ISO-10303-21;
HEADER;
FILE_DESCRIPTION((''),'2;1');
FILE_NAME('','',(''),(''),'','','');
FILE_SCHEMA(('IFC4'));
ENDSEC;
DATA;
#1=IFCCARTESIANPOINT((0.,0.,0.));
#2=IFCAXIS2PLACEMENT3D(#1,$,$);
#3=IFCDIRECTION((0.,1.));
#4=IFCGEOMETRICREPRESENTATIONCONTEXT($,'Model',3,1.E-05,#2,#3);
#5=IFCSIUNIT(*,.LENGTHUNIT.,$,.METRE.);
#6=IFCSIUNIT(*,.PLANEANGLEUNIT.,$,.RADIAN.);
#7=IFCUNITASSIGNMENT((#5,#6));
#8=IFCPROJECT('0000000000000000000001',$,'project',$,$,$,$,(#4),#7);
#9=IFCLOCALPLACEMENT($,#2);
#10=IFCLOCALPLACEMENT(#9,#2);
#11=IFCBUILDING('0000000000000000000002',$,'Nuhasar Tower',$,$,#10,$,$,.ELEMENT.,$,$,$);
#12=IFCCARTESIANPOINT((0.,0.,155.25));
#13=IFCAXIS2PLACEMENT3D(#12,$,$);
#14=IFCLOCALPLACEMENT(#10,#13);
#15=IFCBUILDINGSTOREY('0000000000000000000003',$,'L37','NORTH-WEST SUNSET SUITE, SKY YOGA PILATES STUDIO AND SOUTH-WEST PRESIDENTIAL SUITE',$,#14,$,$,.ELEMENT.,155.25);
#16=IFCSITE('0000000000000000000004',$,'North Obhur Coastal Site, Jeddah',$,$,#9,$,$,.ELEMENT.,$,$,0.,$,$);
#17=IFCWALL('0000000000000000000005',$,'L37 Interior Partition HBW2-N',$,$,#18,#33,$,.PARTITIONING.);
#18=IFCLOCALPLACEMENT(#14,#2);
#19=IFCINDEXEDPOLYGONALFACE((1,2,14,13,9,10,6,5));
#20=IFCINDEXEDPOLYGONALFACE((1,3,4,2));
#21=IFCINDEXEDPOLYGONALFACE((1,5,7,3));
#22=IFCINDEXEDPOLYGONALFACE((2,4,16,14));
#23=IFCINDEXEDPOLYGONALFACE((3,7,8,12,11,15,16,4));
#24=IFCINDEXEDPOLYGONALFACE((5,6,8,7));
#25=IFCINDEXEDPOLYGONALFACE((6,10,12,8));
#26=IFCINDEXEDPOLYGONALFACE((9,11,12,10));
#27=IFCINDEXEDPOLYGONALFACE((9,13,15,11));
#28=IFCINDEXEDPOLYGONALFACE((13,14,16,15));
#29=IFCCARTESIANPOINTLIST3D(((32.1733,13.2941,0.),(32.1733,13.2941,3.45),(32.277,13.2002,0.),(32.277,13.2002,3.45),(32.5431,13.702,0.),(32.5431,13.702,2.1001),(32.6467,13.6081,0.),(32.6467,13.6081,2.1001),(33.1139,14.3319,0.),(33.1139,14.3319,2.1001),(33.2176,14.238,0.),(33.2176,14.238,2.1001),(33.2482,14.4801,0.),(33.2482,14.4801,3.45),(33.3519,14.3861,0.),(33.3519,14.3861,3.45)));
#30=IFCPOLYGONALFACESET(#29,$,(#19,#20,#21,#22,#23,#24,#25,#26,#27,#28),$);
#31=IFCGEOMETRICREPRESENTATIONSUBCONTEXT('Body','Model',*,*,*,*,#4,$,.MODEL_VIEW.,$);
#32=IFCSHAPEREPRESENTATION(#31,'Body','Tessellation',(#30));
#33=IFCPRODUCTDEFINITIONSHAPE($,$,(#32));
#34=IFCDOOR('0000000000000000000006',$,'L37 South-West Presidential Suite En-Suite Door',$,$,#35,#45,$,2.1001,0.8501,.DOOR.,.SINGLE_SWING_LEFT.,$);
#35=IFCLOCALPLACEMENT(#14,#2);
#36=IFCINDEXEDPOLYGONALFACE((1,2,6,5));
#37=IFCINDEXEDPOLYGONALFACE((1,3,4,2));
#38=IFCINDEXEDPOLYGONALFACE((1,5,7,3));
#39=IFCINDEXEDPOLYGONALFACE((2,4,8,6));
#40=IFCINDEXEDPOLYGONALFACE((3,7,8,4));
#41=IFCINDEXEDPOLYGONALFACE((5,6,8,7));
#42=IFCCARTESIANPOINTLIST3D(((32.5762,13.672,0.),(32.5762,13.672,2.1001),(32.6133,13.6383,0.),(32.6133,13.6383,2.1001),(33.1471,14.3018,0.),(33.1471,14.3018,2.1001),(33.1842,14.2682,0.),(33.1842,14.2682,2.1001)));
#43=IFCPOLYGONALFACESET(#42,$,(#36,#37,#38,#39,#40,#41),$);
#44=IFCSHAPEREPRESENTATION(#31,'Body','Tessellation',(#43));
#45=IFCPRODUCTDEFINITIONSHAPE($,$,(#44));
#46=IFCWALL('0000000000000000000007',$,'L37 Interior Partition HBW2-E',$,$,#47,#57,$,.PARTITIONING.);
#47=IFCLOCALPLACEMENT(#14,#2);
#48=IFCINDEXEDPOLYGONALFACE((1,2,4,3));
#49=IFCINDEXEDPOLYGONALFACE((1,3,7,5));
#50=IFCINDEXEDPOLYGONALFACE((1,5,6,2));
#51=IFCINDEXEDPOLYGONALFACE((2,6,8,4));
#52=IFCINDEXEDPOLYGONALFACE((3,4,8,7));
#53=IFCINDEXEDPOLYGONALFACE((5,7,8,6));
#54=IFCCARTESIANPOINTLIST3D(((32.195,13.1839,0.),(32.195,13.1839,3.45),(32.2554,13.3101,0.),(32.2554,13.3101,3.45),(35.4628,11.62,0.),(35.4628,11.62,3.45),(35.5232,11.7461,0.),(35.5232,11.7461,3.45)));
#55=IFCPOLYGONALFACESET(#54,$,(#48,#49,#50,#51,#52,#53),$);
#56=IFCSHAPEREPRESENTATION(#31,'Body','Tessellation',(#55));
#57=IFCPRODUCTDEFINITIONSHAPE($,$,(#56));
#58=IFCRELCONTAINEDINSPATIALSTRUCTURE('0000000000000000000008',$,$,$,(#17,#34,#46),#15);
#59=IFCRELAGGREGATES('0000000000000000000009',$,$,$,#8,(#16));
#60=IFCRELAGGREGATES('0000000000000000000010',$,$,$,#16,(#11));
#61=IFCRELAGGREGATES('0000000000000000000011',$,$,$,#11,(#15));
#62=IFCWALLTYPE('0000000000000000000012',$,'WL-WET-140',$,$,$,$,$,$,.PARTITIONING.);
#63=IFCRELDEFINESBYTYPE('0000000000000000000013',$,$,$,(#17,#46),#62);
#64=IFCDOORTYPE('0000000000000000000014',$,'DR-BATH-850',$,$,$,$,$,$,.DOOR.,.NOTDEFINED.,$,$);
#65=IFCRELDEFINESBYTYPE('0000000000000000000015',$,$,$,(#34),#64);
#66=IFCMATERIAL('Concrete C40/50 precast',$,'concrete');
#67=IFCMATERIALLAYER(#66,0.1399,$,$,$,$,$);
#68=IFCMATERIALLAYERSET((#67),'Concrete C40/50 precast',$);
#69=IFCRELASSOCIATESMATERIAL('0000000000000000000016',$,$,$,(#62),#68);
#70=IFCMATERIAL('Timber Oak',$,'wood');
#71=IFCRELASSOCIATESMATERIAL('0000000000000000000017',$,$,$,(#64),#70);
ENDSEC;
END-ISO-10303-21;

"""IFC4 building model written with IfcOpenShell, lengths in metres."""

from ifc_helpers import new_model, si_unit, direction, frame, frame_2d, origin, place, context, subcontext, project, spatial, rectangle, extrude, material, layer, layer_set, type_object, element, fill, save


model = new_model("IFC4")

# Units and contexts
model_context = context("Model", 3, precision=1e-05, world=origin(), true_north=direction((0.0, 1.0)))
body_context = subcontext(model_context, "Body", "Model", "MODEL_VIEW")
ifc_project = project(units=[si_unit("LENGTHUNIT", "METRE"), si_unit("PLANEANGLEUNIT", "RADIAN")], contexts=[model_context])

# Site, building, storey
site_placement = place(None, origin())
site = spatial("IfcSite", under=ifc_project, at=site_placement, Name="North Obhur Coastal Site, Jeddah", CompositionType="ELEMENT", RefElevation=0.0)
building_placement = place(site_placement, origin())
building = spatial("IfcBuilding", under=site, at=building_placement, Name="Nuhasar Tower", CompositionType="ELEMENT")
storey_placement = place(building_placement, frame((0.0, 0.0, 155.25)))
storey = spatial("IfcBuildingStorey", under=building, at=storey_placement, Name="L37", Description="NORTH-WEST SUNSET SUITE, SKY YOGA PILATES STUDIO AND SOUTH-WEST PRESIDENTIAL SUITE", CompositionType="ELEMENT", Elevation=155.25)

# Shared definitions
ifc_material_1 = material(Name="Concrete C40/50 precast", Category="concrete")
ifc_layer_1 = layer(ifc_material_1, 0.1399)
ifc_layer_set_1 = layer_set([ifc_layer_1], Name="Concrete C40/50 precast")
wall_type_1 = type_object("IfcWallType", Name="WL-WET-140", PredefinedType="PARTITIONING", material=ifc_layer_set_1)

# Wall, opening, door
wall_1_placement = place(storey_placement, frame((33.3, 14.4331, 0.0), z_axis=(0.0, 0.0, 1.0), x_axis=(-0.671556, -0.740954, 0.0)))
wall_1 = element("IfcWall", 1, at=wall_1_placement, inside=storey, type_object=wall_type_1, Name="L37 Interior Partition HBW2-N", PredefinedType="PARTITIONING", context=body_context, shape_type="SweptSolid", body=[
    extrude(rectangle(XDim=1.6006, YDim=0.1399, at=frame_2d((0.8003, 0.0))), origin(), (0.0, 0.0, 1.0), 3.45),
])
opening_placement = place(wall_1_placement, frame((0.2, 0.0, 0.0)))
opening = element("IfcOpeningElement", 2, at=opening_placement, cuts=wall_1, PredefinedType="OPENING", context=body_context, shape_type="SweptSolid", body=[
    extrude(rectangle(XDim=0.8501, YDim=2.1001, at=frame_2d((0.425, 1.05))), frame((0.0, 0.0801, 0.0), z_axis=(0.0, -1.0, 0.0), x_axis=(1.0, 0.0, 0.0)), (0.0, 0.0, 1.0), 0.1599),
])
ifc_material_2 = material(Name="Timber Oak", Category="wood")
door_type = type_object("IfcDoorType", Name="DR-BATH-850", OperationType="NOTDEFINED", PredefinedType="DOOR", material=ifc_material_2)
door_placement = place(opening_placement, origin())
door = element("IfcDoor", 3, at=door_placement, inside=storey, type_object=door_type, Name="L37 South-West Presidential Suite En-Suite Door", OperationType="SINGLE_SWING_LEFT", OverallHeight=2.1001, OverallWidth=0.8501, PredefinedType="DOOR", context=body_context, shape_type="SweptSolid", body=[
    extrude(rectangle(XDim=0.8501, YDim=2.1001, at=frame_2d((0.425, 1.05))), frame((0.0, 0.0249, 0.0), z_axis=(0.0, -1.0, 0.0), x_axis=(1.0, 0.0, 0.0)), (0.0, 0.0, 1.0), 0.05),
])
fill(opening, door)

# Wall
wall_2_placement = place(storey_placement, frame((32.2251, 13.2471, 0.0), z_axis=(0.0, 0.0, 1.0), x_axis=(0.902017, -0.431701, 0.0)))
element("IfcWall", 4, at=wall_2_placement, inside=storey, type_object=wall_type_1, Name="L37 Interior Partition HBW2-E", PredefinedType="PARTITIONING", context=body_context, shape_type="SweptSolid", body=[
    extrude(rectangle(XDim=3.6228, YDim=0.1399, at=frame_2d((1.8115, 0.0))), origin(), (0.0, 0.0, 1.0), 3.45),
])

save(model, "model.ifc")
